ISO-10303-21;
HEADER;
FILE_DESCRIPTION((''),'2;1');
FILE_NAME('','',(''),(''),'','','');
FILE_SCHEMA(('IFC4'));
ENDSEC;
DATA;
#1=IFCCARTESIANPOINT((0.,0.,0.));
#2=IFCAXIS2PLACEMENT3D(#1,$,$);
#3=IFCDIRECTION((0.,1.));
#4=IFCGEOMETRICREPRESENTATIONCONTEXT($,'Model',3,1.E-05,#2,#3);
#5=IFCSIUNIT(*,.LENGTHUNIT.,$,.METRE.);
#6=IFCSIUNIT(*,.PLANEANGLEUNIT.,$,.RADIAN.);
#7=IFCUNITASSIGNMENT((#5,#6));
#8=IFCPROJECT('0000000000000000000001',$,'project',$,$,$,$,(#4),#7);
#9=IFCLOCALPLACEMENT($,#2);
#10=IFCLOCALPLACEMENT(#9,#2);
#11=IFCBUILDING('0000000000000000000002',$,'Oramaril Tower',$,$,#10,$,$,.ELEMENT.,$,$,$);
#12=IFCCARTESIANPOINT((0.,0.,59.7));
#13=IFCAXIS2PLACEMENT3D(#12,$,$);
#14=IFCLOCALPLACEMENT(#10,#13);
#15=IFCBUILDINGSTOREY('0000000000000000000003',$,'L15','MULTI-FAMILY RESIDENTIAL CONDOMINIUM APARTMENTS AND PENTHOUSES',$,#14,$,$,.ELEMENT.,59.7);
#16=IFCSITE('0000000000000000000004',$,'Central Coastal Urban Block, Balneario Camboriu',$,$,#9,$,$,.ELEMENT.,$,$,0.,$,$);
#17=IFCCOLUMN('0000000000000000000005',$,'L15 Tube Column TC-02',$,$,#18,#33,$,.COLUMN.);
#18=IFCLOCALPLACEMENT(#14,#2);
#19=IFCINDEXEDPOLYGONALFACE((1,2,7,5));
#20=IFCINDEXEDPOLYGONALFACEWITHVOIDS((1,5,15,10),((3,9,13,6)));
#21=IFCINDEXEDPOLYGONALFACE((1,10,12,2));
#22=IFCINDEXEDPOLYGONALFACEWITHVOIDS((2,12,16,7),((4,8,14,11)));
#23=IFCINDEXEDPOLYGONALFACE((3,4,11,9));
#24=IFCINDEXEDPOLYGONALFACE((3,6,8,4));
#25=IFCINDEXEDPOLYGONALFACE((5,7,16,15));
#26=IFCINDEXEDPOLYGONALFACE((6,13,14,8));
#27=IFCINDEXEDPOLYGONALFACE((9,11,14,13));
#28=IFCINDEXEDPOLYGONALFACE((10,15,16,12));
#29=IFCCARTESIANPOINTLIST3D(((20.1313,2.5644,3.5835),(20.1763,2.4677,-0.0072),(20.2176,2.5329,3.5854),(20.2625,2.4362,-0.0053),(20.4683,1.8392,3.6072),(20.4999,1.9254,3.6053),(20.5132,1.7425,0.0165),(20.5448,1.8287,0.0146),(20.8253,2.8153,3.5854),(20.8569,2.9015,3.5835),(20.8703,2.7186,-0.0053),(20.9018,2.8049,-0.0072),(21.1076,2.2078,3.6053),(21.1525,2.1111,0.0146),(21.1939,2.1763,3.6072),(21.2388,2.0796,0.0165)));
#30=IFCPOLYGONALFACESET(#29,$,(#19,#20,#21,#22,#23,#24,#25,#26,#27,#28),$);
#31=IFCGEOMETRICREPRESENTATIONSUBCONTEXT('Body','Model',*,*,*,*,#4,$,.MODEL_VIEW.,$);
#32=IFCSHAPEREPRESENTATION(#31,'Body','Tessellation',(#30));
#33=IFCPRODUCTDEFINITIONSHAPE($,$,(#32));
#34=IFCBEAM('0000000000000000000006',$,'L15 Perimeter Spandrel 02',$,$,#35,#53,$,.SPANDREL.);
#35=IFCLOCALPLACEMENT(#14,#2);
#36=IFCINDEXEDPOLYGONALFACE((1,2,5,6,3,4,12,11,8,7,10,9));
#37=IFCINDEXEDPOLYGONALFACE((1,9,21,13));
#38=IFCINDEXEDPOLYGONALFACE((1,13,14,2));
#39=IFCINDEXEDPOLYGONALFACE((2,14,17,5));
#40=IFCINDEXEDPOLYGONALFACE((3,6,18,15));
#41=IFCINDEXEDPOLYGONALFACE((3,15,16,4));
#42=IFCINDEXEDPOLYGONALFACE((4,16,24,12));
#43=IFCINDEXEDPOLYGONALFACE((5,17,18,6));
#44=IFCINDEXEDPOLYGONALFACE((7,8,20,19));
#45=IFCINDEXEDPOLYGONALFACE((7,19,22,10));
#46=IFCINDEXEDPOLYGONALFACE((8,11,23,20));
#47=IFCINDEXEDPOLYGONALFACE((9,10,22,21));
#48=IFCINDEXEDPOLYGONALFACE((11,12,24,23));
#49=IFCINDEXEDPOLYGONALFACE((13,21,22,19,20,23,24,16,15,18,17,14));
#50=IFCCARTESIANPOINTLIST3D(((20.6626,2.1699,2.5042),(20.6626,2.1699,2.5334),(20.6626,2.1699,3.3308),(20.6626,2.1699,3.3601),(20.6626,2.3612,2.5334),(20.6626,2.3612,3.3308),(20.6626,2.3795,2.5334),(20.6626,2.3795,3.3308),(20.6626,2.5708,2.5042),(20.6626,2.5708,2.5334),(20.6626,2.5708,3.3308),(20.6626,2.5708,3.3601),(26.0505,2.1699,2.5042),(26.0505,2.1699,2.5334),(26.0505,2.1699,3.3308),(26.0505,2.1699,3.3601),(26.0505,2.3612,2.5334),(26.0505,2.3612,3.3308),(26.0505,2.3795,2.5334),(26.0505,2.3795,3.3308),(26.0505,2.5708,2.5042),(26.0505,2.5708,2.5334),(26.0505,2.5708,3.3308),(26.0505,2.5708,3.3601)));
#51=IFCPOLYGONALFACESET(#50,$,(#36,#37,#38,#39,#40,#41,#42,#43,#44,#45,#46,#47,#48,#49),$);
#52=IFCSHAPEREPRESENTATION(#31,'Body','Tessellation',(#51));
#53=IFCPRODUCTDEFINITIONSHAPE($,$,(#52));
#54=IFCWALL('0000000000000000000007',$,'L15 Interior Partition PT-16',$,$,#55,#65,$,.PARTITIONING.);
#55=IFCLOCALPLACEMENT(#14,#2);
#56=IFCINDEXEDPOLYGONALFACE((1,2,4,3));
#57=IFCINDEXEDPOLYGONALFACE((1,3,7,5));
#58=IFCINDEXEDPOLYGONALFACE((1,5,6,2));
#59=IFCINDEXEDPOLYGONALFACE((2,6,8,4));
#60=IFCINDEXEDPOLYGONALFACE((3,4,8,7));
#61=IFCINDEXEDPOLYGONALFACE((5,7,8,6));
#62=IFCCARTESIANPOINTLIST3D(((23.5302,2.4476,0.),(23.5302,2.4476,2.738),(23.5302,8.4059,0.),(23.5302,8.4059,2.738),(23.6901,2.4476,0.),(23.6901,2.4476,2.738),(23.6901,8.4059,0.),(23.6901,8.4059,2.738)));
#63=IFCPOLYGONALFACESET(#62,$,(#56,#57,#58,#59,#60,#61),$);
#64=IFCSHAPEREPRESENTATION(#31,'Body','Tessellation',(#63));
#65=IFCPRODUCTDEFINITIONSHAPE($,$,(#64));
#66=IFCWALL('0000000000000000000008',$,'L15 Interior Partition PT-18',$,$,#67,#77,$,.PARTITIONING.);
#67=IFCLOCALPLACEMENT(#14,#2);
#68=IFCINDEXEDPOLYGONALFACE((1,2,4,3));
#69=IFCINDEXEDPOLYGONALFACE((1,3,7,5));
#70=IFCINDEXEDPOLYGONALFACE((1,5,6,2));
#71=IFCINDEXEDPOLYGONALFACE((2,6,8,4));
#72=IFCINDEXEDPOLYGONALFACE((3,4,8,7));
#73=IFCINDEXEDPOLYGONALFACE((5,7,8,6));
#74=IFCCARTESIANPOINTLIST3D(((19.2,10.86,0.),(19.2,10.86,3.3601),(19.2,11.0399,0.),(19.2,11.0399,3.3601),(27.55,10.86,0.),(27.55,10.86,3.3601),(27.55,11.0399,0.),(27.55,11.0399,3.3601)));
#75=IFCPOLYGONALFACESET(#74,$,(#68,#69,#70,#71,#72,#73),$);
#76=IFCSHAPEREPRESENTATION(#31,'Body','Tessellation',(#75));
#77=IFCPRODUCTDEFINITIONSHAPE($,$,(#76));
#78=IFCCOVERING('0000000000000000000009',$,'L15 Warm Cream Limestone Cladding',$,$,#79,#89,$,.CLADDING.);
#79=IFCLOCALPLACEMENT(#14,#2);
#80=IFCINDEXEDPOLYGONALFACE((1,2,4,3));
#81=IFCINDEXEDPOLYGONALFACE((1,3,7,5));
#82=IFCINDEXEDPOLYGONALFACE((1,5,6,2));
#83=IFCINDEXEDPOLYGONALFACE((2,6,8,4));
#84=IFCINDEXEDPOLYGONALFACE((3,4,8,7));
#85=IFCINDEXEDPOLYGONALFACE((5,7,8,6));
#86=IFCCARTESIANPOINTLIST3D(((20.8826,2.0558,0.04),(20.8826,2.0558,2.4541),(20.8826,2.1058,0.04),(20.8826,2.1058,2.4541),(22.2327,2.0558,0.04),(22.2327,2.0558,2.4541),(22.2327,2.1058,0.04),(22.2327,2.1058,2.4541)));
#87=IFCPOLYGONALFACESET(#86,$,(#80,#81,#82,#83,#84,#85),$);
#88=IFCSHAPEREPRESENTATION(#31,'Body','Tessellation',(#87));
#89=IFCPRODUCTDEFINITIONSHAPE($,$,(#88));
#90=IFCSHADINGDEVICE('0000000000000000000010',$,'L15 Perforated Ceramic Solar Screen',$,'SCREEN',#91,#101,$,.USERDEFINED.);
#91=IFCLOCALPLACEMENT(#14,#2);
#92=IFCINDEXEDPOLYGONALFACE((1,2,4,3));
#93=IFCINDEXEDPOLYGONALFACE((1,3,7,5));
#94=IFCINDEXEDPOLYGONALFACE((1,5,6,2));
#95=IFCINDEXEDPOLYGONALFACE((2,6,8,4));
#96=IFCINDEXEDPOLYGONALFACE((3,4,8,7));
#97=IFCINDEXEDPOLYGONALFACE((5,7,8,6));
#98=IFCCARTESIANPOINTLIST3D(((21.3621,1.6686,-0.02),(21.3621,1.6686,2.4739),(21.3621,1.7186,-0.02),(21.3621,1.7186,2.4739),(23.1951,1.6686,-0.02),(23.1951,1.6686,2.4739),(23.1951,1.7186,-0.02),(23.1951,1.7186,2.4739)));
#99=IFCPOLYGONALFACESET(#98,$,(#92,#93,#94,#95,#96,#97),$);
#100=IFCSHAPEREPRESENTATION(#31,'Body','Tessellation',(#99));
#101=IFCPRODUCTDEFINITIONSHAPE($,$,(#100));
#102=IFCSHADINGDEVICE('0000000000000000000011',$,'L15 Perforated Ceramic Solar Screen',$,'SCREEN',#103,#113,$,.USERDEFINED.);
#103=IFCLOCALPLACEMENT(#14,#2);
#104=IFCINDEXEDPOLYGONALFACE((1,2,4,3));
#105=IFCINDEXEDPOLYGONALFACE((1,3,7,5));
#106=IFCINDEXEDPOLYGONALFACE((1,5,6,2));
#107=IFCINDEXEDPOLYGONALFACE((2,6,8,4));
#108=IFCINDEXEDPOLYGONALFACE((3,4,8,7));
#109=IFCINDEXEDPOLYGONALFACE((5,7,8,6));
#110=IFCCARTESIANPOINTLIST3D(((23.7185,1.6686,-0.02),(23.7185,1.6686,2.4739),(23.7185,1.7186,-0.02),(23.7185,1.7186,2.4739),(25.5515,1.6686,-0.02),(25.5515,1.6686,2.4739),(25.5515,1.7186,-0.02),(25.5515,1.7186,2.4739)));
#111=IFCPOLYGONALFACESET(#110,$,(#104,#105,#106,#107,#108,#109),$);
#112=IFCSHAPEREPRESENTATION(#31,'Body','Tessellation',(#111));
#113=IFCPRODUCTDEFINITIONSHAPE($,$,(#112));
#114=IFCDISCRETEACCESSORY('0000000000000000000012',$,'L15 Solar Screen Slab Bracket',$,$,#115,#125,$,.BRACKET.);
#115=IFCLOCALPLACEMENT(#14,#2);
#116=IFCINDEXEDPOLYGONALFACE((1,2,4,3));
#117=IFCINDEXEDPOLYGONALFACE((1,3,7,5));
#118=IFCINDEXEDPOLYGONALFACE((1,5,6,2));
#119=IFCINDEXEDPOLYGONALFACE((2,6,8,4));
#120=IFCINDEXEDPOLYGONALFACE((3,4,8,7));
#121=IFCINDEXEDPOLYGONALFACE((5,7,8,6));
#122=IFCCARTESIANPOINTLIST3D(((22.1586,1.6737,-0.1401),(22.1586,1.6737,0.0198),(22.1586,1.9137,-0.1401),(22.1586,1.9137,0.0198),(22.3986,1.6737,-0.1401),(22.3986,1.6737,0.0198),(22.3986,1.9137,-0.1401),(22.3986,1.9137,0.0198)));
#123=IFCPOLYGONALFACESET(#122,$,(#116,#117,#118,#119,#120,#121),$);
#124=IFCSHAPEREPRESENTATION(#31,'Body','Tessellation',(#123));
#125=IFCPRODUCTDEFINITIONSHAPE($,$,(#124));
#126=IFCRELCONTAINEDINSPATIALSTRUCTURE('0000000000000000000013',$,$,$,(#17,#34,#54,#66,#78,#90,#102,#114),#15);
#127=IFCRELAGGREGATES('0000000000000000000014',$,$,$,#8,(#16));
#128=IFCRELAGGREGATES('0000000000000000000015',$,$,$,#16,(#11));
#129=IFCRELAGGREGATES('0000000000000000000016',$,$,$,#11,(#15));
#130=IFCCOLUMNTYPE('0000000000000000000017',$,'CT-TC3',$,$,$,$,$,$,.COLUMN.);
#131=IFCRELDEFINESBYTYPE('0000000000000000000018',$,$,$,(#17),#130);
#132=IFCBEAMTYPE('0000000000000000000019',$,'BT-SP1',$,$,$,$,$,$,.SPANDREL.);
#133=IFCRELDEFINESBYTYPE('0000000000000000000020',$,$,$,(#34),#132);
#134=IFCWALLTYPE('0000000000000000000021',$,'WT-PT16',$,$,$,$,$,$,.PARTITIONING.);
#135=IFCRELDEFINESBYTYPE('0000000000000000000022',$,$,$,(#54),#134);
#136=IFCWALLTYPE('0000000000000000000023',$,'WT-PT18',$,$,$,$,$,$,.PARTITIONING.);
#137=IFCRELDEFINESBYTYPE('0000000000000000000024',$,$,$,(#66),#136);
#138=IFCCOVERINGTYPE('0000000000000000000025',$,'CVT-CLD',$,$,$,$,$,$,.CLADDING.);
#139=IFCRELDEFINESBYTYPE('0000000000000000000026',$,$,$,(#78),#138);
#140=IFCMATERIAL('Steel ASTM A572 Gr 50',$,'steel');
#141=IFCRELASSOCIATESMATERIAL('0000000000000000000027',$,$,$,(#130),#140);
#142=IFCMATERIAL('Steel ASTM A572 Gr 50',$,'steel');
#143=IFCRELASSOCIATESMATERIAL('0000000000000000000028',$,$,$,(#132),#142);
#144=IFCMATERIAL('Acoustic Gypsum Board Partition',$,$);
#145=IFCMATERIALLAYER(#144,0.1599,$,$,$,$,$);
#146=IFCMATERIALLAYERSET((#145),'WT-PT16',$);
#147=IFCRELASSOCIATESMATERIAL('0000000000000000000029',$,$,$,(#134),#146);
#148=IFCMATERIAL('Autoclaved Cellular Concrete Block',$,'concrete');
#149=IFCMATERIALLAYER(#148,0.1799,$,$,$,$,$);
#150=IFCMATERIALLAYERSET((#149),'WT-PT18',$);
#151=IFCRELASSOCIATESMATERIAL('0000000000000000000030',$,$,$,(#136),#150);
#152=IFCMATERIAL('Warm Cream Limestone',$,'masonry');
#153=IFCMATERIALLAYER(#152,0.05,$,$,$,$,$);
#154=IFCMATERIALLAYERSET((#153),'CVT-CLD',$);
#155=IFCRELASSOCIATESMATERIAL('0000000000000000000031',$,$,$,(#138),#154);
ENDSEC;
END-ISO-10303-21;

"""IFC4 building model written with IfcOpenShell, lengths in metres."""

from ifc_helpers import new_model, si_unit, direction, frame, frame_2d, origin, origin_2d, place, context, subcontext, project, spatial, rectangle, hollow_rectangle, i_section, extrude, material, layer, layer_set, material_profile, profile_set, type_object, element, save


model = new_model("IFC4")

# Units and contexts
model_context = context("Model", 3, precision=1e-05, world=origin(), true_north=direction((0.0, 1.0)))
body_context = subcontext(model_context, "Body", "Model", "MODEL_VIEW")
ifc_project = project(units=[si_unit("LENGTHUNIT", "METRE"), si_unit("PLANEANGLEUNIT", "RADIAN")], contexts=[model_context])

# Site, building, storey
site_placement = place(None, origin())
site = spatial("IfcSite", under=ifc_project, at=site_placement, Name="Central Coastal Urban Block, Balneario Camboriu", CompositionType="ELEMENT", RefElevation=0.0)
building_placement = place(site_placement, origin())
building = spatial("IfcBuilding", under=site, at=building_placement, Name="Oramaril Tower", CompositionType="ELEMENT")
storey_placement = place(building_placement, frame((0.0, 0.0, 59.7)))
storey = spatial("IfcBuildingStorey", under=building, at=storey_placement, Name="L15", Description="MULTI-FAMILY RESIDENTIAL CONDOMINIUM APARTMENTS AND PENTHOUSES", CompositionType="ELEMENT", Elevation=59.7)

# Column
ifc_material_1 = material(Name="Steel ASTM A572 Gr 50", Category="steel")
ifc_material_profile_1 = material_profile(ifc_material_1, hollow_rectangle(XDim=0.8, YDim=0.8, WallThickness=0.0649, at=origin_2d()), Name="BOX800X800X65")
ifc_profile_set_1 = profile_set([ifc_material_profile_1], Name="Steel ASTM A572 Gr 50")
column_type = type_object("IfcColumnType", Name="CT-TC3", PredefinedType="COLUMN", material=ifc_profile_set_1)
column_placement = place(storey_placement, frame((20.7075, 2.2737, 0.0046), z_axis=(-0.012505, 0.026912, 0.99956), x_axis=(-0.906884, -0.42138, 0.0)))
element("IfcColumn", 1, at=column_placement, inside=storey, type_object=column_type, Name="L15 Tube Column TC-02", PredefinedType="COLUMN", context=body_context, shape_type="SweptSolid", body=[
    extrude(hollow_rectangle(XDim=0.8, YDim=0.8, WallThickness=0.0649, at=origin_2d()), origin(), (0.0, 0.0, 1.0), 3.5923),
])

# Beam
ifc_material_2 = material(Name="Steel ASTM A572 Gr 50", Category="steel")
ifc_material_profile_2 = material_profile(ifc_material_2, i_section(OverallWidth=0.4009, OverallDepth=0.856, WebThickness=0.0183, FlangeThickness=0.0293, at=origin_2d()), Name="W33X201")
ifc_profile_set_2 = profile_set([ifc_material_profile_2], Name="Steel ASTM A572 Gr 50")
beam_type = type_object("IfcBeamType", Name="BT-SP1", PredefinedType="SPANDREL", material=ifc_profile_set_2)
beam_placement = place(storey_placement, frame((20.6626, 2.3704, 2.9321), z_axis=(1.0, 0.0, 0.0), x_axis=(0.0, 1.0, 0.0)))
element("IfcBeam", 2, at=beam_placement, inside=storey, type_object=beam_type, Name="L15 Perimeter Spandrel 02", PredefinedType="SPANDREL", context=body_context, shape_type="SweptSolid", body=[
    extrude(i_section(OverallWidth=0.4009, OverallDepth=0.856, WebThickness=0.0183, FlangeThickness=0.0293, at=origin_2d()), origin(), (0.0, 0.0, 1.0), 5.3879),
])

# Walls
ifc_material_3 = material(Name="Acoustic Gypsum Board Partition")
ifc_layer_1 = layer(ifc_material_3, 0.1599)
ifc_layer_set_1 = layer_set([ifc_layer_1], Name="WT-PT16")
wall_type_1 = type_object("IfcWallType", Name="WT-PT16", PredefinedType="PARTITIONING", material=ifc_layer_set_1)
wall_1_placement = place(storey_placement, frame((23.6101, 2.4478, 0.0), z_axis=(0.0, 0.0, 1.0), x_axis=(0.0, 1.0, 0.0)))
element("IfcWall", 3, at=wall_1_placement, inside=storey, type_object=wall_type_1, Name="L15 Interior Partition PT-16", PredefinedType="PARTITIONING", context=body_context, shape_type="SweptSolid", body=[
    extrude(rectangle(XDim=5.9583, YDim=0.1599, at=frame_2d((2.979, 0.0))), origin(), (0.0, 0.0, 1.0), 2.738),
])
ifc_material_4 = material(Name="Autoclaved Cellular Concrete Block", Category="concrete")
ifc_layer_2 = layer(ifc_material_4, 0.1799)
ifc_layer_set_2 = layer_set([ifc_layer_2], Name="WT-PT18")
wall_type_2 = type_object("IfcWallType", Name="WT-PT18", PredefinedType="PARTITIONING", material=ifc_layer_set_2)
wall_2_placement = place(storey_placement, frame((19.2, 10.95, 0.0), z_axis=(0.0, 0.0, 1.0), x_axis=(1.0, 0.0, 0.0)))
element("IfcWall", 4, at=wall_2_placement, inside=storey, type_object=wall_type_2, Name="L15 Interior Partition PT-18", PredefinedType="PARTITIONING", context=body_context, shape_type="SweptSolid", body=[
    extrude(rectangle(XDim=8.3501, YDim=0.1799, at=frame_2d((4.175, 0.0))), origin(), (0.0, 0.0, 1.0), 3.3601),
])

# Covering
ifc_material_5 = material(Name="Warm Cream Limestone", Category="masonry")
ifc_layer_3 = layer(ifc_material_5, 0.05)
ifc_layer_set_3 = layer_set([ifc_layer_3], Name="CVT-CLD")
covering_type = type_object("IfcCoveringType", Name="CVT-CLD", PredefinedType="CLADDING", material=ifc_layer_set_3)
covering_placement = place(storey_placement, frame((21.5576, 2.0808, 0.04), z_axis=(0.0, 0.0, 1.0), x_axis=(1.0, 0.0, 0.0)))
element("IfcCovering", 5, at=covering_placement, inside=storey, type_object=covering_type, Name="L15 Warm Cream Limestone Cladding", PredefinedType="CLADDING", context=body_context, shape_type="SweptSolid", body=[
    extrude(rectangle(XDim=1.3501, YDim=0.05, at=origin_2d()), origin(), (0.0, 0.0, 1.0), 2.4141),
])

# Shading devices
for number, where, z_axis, x_axis, name in (
    (6, (22.2786, 1.6936, -0.02), (0.0, 0.0, 1.0), (1.0, 0.0, 0.0), "L15 Perforated Ceramic Solar Screen"),
    (7, (24.635, 1.6936, -0.02), (0.0, 0.0, 1.0), (1.0, 0.0, 0.0), "L15 Perforated Ceramic Solar Screen"),
):
    element("IfcShadingDevice", number, at=place(storey_placement, frame(where, z_axis=z_axis, x_axis=x_axis)), inside=storey, Name=name, ObjectType="SCREEN", PredefinedType="USERDEFINED", context=body_context, shape_type="SweptSolid", body=[
        extrude(rectangle(XDim=1.833, YDim=0.05, at=origin_2d()), origin(), (0.0, 0.0, 1.0), 2.4939),
    ])

# Discrete accessory
discrete_accessory_placement = place(storey_placement, frame((22.2786, 1.7937, -0.1401), z_axis=(0.0, 0.0, 1.0), x_axis=(1.0, 0.0, 0.0)))
element("IfcDiscreteAccessory", 8, at=discrete_accessory_placement, inside=storey, Name="L15 Solar Screen Slab Bracket", PredefinedType="BRACKET", context=body_context, shape_type="SweptSolid", body=[
    extrude(rectangle(XDim=0.24, YDim=0.24, at=origin_2d()), origin(), (0.0, 0.0, 1.0), 0.1599),
])

save(model, "model.ifc")
